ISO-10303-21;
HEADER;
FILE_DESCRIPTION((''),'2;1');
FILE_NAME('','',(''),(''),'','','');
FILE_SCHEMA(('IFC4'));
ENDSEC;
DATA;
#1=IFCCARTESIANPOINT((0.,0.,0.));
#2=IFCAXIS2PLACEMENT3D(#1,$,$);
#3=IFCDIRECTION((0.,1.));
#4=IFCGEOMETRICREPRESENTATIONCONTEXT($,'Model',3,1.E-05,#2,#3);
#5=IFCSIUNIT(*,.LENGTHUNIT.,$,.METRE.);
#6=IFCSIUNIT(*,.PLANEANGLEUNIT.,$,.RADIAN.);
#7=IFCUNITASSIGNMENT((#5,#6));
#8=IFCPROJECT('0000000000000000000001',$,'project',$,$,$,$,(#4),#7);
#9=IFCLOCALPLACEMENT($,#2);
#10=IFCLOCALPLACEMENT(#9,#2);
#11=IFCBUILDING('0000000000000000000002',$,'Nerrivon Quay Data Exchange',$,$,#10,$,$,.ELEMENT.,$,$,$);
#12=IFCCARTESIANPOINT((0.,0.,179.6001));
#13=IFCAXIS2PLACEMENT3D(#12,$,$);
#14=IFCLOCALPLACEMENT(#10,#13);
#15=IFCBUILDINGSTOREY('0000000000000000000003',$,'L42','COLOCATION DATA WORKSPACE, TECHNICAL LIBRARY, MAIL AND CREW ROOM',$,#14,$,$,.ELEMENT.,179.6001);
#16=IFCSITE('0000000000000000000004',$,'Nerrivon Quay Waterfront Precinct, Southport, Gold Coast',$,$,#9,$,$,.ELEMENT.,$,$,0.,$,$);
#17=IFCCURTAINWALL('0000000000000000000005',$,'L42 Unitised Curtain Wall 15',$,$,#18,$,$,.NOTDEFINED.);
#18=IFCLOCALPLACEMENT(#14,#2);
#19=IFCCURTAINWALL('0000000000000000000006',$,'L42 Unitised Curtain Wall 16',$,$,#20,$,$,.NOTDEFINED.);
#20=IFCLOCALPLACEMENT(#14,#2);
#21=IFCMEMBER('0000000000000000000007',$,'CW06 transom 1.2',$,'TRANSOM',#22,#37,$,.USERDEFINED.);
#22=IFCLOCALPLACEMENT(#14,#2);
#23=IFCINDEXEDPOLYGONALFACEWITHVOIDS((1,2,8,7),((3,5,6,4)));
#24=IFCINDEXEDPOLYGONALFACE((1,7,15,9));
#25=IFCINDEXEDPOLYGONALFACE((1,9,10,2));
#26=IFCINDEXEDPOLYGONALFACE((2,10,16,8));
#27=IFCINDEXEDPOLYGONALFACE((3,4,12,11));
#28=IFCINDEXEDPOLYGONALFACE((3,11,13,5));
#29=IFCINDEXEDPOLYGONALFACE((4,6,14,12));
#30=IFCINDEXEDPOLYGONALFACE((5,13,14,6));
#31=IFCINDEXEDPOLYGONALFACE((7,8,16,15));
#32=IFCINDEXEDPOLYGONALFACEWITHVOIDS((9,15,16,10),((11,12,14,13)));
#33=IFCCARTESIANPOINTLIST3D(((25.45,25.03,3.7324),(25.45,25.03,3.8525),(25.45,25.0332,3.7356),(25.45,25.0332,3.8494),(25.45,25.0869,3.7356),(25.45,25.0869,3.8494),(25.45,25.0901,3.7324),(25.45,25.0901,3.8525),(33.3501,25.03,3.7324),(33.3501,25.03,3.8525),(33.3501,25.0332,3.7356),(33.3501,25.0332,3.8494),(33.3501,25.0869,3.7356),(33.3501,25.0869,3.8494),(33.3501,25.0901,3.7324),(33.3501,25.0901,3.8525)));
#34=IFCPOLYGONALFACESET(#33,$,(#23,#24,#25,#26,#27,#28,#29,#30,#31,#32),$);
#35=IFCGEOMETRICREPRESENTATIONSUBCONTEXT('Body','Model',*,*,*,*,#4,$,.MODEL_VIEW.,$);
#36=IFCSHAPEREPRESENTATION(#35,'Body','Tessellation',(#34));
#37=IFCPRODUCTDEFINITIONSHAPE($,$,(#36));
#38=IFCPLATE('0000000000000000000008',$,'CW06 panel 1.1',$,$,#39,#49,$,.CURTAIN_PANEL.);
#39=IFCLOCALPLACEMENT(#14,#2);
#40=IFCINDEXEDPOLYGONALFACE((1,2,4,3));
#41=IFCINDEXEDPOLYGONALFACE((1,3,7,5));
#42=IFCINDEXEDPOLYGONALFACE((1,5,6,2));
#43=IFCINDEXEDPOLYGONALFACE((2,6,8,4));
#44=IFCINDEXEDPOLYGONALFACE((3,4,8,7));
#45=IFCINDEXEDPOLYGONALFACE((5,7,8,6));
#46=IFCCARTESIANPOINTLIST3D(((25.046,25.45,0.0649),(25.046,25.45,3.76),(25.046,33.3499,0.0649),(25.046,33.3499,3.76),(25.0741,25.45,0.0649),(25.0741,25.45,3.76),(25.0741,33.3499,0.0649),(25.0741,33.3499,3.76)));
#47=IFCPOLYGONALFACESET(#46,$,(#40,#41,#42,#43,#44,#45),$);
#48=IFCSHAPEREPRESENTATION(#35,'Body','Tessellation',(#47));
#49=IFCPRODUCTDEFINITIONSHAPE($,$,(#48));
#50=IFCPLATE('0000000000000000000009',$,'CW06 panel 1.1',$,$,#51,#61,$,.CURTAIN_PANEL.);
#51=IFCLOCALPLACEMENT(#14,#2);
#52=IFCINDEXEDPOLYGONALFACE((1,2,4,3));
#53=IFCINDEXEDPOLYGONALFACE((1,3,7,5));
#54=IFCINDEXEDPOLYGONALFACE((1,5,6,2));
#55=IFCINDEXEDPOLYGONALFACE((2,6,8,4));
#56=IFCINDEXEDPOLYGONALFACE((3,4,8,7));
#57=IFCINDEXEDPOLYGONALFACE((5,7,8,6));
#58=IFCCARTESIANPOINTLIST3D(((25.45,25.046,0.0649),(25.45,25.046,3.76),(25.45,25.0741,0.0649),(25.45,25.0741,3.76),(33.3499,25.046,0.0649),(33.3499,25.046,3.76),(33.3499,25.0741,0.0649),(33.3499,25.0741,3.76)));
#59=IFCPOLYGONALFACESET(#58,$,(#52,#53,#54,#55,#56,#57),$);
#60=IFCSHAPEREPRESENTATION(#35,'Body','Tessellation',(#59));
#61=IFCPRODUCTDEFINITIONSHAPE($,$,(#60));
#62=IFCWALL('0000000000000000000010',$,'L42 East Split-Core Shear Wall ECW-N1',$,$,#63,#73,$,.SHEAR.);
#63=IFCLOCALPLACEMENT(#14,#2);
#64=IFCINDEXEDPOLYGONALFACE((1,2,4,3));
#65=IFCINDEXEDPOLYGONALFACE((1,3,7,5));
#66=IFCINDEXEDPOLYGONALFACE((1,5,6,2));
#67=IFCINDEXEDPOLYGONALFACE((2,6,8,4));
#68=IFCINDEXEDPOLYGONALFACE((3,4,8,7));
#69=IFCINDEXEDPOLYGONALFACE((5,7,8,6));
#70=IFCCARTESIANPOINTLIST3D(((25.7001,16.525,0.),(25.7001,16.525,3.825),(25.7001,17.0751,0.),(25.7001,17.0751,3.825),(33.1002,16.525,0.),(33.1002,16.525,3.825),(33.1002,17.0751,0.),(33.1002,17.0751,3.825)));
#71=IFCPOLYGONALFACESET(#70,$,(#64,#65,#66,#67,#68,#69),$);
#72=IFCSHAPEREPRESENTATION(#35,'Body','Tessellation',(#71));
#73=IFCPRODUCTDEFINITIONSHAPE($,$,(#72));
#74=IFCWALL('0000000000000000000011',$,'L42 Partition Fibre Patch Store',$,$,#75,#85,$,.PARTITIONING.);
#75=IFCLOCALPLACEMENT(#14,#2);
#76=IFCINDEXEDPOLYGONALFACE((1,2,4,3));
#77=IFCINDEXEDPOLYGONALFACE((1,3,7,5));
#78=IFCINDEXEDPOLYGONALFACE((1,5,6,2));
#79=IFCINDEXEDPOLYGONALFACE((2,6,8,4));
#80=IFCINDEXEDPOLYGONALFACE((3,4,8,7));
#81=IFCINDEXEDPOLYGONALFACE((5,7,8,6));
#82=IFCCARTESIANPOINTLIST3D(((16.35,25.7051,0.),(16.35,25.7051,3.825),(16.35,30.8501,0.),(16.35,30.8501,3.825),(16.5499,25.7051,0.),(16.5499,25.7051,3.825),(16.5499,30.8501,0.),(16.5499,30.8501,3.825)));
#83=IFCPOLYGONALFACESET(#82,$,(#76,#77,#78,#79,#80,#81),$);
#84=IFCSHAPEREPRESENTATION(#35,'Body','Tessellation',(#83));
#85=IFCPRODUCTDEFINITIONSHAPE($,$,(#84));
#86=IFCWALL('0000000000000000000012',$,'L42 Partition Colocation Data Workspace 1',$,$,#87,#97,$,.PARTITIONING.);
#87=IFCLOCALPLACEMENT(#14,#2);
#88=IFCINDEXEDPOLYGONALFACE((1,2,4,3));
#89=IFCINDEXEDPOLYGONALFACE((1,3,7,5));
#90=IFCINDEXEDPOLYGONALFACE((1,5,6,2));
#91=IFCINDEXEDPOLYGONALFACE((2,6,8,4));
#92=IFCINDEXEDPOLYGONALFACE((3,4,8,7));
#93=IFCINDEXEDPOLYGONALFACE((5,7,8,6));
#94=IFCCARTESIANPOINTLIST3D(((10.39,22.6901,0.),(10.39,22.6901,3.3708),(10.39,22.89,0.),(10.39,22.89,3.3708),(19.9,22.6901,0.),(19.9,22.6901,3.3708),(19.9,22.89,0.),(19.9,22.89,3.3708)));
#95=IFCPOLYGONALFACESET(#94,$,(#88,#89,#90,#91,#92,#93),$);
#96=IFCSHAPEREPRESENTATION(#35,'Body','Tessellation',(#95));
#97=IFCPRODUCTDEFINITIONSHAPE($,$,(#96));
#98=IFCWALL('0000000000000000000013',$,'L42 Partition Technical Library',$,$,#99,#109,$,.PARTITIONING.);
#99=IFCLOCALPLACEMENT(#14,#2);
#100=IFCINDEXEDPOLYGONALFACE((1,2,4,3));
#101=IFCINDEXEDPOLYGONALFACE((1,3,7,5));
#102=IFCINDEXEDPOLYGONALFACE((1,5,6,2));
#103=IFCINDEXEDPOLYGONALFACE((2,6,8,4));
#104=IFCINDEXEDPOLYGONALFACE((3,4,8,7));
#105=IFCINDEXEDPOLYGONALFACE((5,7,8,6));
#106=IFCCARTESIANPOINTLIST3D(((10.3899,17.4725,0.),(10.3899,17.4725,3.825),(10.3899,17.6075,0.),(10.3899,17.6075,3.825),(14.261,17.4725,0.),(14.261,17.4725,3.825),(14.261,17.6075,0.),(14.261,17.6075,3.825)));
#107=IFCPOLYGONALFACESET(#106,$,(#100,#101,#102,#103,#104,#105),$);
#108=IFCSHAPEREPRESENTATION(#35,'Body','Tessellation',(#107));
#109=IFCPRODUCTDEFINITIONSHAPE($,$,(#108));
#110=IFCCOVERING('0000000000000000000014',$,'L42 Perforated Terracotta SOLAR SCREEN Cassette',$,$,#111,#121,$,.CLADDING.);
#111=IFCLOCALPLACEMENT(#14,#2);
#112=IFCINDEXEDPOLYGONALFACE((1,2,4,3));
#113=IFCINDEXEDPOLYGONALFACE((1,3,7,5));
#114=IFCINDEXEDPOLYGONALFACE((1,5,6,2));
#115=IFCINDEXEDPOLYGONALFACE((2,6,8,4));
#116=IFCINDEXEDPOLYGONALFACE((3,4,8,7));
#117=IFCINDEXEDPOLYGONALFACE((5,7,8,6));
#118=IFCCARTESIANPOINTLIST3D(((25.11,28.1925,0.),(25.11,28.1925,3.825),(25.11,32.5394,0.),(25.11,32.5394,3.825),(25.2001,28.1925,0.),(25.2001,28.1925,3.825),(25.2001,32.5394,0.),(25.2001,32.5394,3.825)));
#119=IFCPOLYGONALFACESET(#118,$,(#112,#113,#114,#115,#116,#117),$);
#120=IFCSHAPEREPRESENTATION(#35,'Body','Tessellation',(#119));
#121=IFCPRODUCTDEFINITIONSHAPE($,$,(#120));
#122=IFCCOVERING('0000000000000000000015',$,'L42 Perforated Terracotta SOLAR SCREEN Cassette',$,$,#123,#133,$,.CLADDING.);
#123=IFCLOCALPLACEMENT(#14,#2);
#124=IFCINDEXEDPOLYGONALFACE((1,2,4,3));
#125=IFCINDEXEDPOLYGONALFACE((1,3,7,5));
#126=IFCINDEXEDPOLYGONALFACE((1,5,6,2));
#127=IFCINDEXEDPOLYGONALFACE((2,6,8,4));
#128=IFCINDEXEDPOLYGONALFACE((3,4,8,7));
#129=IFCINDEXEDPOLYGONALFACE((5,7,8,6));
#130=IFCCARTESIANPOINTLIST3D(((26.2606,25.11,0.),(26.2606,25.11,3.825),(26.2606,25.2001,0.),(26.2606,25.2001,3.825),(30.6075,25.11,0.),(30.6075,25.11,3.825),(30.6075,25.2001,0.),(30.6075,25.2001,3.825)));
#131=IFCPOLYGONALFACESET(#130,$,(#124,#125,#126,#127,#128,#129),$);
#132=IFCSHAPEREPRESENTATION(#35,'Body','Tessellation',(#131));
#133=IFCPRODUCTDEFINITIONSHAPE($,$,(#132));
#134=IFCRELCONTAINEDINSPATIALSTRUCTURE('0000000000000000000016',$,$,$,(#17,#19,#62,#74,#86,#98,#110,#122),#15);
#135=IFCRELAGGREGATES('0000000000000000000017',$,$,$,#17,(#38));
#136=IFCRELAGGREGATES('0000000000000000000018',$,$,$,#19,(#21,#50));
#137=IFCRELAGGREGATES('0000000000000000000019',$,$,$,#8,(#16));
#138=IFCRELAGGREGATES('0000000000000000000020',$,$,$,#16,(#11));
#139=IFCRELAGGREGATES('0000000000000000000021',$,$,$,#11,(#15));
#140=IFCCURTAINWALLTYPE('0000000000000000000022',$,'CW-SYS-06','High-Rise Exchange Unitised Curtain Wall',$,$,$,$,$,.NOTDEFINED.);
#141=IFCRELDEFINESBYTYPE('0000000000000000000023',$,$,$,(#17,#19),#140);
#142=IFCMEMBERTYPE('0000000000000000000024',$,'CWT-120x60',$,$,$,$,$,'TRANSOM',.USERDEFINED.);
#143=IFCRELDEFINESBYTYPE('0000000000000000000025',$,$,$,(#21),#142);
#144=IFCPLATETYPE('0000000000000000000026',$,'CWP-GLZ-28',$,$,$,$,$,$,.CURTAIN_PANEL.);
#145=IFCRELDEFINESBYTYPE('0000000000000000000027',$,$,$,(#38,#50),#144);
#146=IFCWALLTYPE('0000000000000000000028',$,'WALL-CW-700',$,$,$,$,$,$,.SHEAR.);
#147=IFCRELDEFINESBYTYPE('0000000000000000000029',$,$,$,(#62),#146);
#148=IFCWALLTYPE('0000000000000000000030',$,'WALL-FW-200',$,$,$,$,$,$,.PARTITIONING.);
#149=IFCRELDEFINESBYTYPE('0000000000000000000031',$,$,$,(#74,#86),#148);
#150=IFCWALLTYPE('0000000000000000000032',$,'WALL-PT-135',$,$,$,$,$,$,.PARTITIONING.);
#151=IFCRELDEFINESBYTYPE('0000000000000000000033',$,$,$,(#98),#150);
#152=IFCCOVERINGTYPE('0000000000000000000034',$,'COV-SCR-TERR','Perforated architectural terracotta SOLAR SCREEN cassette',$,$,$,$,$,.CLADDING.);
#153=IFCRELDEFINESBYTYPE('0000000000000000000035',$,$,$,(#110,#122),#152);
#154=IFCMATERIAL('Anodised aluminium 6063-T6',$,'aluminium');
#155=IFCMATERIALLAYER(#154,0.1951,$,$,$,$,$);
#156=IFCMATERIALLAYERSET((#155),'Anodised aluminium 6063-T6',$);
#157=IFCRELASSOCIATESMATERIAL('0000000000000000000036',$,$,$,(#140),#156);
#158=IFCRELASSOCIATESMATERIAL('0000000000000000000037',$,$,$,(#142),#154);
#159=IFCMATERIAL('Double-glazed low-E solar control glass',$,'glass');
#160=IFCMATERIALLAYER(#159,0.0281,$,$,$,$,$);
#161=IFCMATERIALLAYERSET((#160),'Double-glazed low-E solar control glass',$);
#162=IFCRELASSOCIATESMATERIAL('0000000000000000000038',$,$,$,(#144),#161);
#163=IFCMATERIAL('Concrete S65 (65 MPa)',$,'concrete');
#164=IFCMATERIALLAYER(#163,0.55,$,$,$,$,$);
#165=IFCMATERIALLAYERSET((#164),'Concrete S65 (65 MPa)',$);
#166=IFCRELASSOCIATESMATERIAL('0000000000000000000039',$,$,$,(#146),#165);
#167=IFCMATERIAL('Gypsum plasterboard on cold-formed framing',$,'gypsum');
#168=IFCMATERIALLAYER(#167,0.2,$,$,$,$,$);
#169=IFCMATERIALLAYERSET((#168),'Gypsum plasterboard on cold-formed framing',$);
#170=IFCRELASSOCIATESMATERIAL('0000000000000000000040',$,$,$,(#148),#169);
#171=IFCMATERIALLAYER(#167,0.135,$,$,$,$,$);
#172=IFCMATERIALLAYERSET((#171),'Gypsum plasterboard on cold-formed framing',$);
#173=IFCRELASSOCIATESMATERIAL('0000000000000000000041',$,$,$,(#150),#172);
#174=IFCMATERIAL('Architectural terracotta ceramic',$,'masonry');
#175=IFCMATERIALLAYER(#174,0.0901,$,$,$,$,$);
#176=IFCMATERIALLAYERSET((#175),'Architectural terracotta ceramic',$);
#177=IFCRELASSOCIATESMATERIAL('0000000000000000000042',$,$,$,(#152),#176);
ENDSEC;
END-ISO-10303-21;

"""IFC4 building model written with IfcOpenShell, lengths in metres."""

from ifc_helpers import new_model, si_unit, direction, frame, frame_2d, origin, origin_2d, place, context, subcontext, project, spatial, rectangle, hollow_rectangle, extrude, material, layer, layer_set, material_profile, profile_set, type_object, element, aggregate, save


model = new_model("IFC4")

# Units and contexts
model_context = context("Model", 3, precision=1e-05, world=origin(), true_north=direction((0.0, 1.0)))
body_context = subcontext(model_context, "Body", "Model", "MODEL_VIEW")
ifc_project = project(units=[si_unit("LENGTHUNIT", "METRE"), si_unit("PLANEANGLEUNIT", "RADIAN")], contexts=[model_context])

# Site, building, storey
site_placement = place(None, origin())
site = spatial("IfcSite", under=ifc_project, at=site_placement, Name="Nerrivon Quay Waterfront Precinct, Southport, Gold Coast", CompositionType="ELEMENT", RefElevation=0.0)
building_placement = place(site_placement, origin())
building = spatial("IfcBuilding", under=site, at=building_placement, Name="Nerrivon Quay Data Exchange", CompositionType="ELEMENT")
storey_placement = place(building_placement, frame((0.0, 0.0, 179.6001)))
storey = spatial("IfcBuildingStorey", under=building, at=storey_placement, Name="L42", Description="COLOCATION DATA WORKSPACE, TECHNICAL LIBRARY, MAIL AND CREW ROOM", CompositionType="ELEMENT", Elevation=179.6001)

# Shared definitions
ifc_material_1 = material(Name="Concrete S65 (65 MPa)", Category="concrete")

# Curtain wall
ifc_material_2 = material(Name="Anodised aluminium 6063-T6", Category="aluminium")
ifc_layer_1 = layer(ifc_material_2, 0.1951)
ifc_layer_set_1 = layer_set([ifc_layer_1], Name="Anodised aluminium 6063-T6")
curtain_wall_type = type_object("IfcCurtainWallType", Name="CW-SYS-06", Description="High-Rise Exchange Unitised Curtain Wall", PredefinedType="NOTDEFINED", material=ifc_layer_set_1)
curtain_wall_1_placement = place(storey_placement, origin())
curtain_wall_1 = element("IfcCurtainWall", 1, at=curtain_wall_1_placement, inside=storey, type_object=curtain_wall_type, Name="L42 Unitised Curtain Wall 15", PredefinedType="NOTDEFINED")

# Curtain wall, member
curtain_wall_2_placement = place(storey_placement, origin())
curtain_wall_2 = element("IfcCurtainWall", 2, at=curtain_wall_2_placement, inside=storey, type_object=curtain_wall_type, Name="L42 Unitised Curtain Wall 16", PredefinedType="NOTDEFINED")
ifc_material_profile_1 = material_profile(ifc_material_2, hollow_rectangle(XDim=0.0601, YDim=0.1201, WallThickness=0.0032, at=origin_2d()), Name="ALU-TRAN-120x60")
ifc_profile_set_1 = profile_set([ifc_material_profile_1], Name="Anodised aluminium 6063-T6")
member_type_1 = type_object("IfcMemberType", Name="CWT-120x60", ElementType="TRANSOM", PredefinedType="USERDEFINED", material=ifc_profile_set_1)
member_1_placement = place(storey_placement, frame((25.45, 25.0601, 3.7925), z_axis=(1.0, 0.0, 0.0), x_axis=(0.0, 1.0, 0.0)))
member_1 = element("IfcMember", 3, at=member_1_placement, type_object=member_type_1, Name="CW06 transom 1.2", ObjectType="TRANSOM", PredefinedType="USERDEFINED", context=body_context, shape_type="SweptSolid", body=[
    extrude(hollow_rectangle(XDim=0.0601, YDim=0.1201, WallThickness=0.0032, at=origin_2d()), origin(), (0.0, 0.0, 1.0), 7.9001),
])

# Plates
ifc_material_3 = material(Name="Double-glazed low-E solar control glass", Category="glass")
ifc_layer_2 = layer(ifc_material_3, 0.0281)
ifc_layer_set_2 = layer_set([ifc_layer_2], Name="Double-glazed low-E solar control glass")
plate_type = type_object("IfcPlateType", Name="CWP-GLZ-28", PredefinedType="CURTAIN_PANEL", material=ifc_layer_set_2)
plate_1_placement = place(storey_placement, frame((25.0601, 29.3999, 0.0649), z_axis=(0.0, 0.0, 1.0), x_axis=(0.0, -1.0, 0.0)))
plate_1 = element("IfcPlate", 4, at=plate_1_placement, type_object=plate_type, Name="CW06 panel 1.1", PredefinedType="CURTAIN_PANEL", context=body_context, shape_type="SweptSolid", body=[
    extrude(rectangle(XDim=7.8999, YDim=0.0281, at=origin_2d()), origin(), (0.0, 0.0, 1.0), 3.6951),
])
aggregate(curtain_wall_1, [plate_1])
plate_2_placement = place(storey_placement, frame((29.3999, 25.0601, 0.0649), z_axis=(0.0, 0.0, 1.0), x_axis=(1.0, 0.0, 0.0)))
plate_2 = element("IfcPlate", 5, at=plate_2_placement, type_object=plate_type, Name="CW06 panel 1.1", PredefinedType="CURTAIN_PANEL", context=body_context, shape_type="SweptSolid", body=[
    extrude(rectangle(XDim=7.8999, YDim=0.0281, at=origin_2d()), origin(), (0.0, 0.0, 1.0), 3.6951),
])
aggregate(curtain_wall_2, [member_1, plate_2])

# Walls
ifc_layer_3 = layer(ifc_material_1, 0.55)
ifc_layer_set_3 = layer_set([ifc_layer_3], Name="Concrete S65 (65 MPa)")
wall_type_1 = type_object("IfcWallType", Name="WALL-CW-700", PredefinedType="SHEAR", material=ifc_layer_set_3)
wall_1_placement = place(storey_placement, frame((25.7, 16.8, 0.0), z_axis=(0.0, 0.0, 1.0), x_axis=(1.0, 0.0, 0.0)))
element("IfcWall", 6, at=wall_1_placement, inside=storey, type_object=wall_type_1, Name="L42 East Split-Core Shear Wall ECW-N1", PredefinedType="SHEAR", context=body_context, shape_type="SweptSolid", body=[
    extrude(rectangle(XDim=7.4001, YDim=0.55, at=frame_2d((3.7002, 0.0))), origin(), (0.0, 0.0, 1.0), 3.825),
])
ifc_material_4 = material(Name="Gypsum plasterboard on cold-formed framing", Category="gypsum")
ifc_layer_4 = layer(ifc_material_4, 0.2)
ifc_layer_set_4 = layer_set([ifc_layer_4], Name="Gypsum plasterboard on cold-formed framing")
wall_type_2 = type_object("IfcWallType", Name="WALL-FW-200", PredefinedType="PARTITIONING", material=ifc_layer_set_4)
wall_2_placement = place(storey_placement, frame((16.45, 25.7051, 0.0), z_axis=(0.0, 0.0, 1.0), x_axis=(0.0, 1.0, 0.0)))
element("IfcWall", 7, at=wall_2_placement, inside=storey, type_object=wall_type_2, Name="L42 Partition Fibre Patch Store", PredefinedType="PARTITIONING", context=body_context, shape_type="SweptSolid", body=[
    extrude(rectangle(XDim=5.145, YDim=0.2, at=frame_2d((2.5725, 0.0))), origin(), (0.0, 0.0, 1.0), 3.825),
])
wall_3_placement = place(storey_placement, frame((19.8999, 22.79, 0.0), z_axis=(0.0, 0.0, 1.0), x_axis=(-1.0, 0.0, 0.0)))
element("IfcWall", 8, at=wall_3_placement, inside=storey, type_object=wall_type_2, Name="L42 Partition Colocation Data Workspace 1", PredefinedType="PARTITIONING", context=body_context, shape_type="SweptSolid", body=[
    extrude(rectangle(XDim=9.51, YDim=0.2, at=frame_2d((4.7549, 0.0))), origin(), (0.0, 0.0, 1.0), 3.3708),
])
ifc_layer_5 = layer(ifc_material_4, 0.135)
ifc_layer_set_5 = layer_set([ifc_layer_5], Name="Gypsum plasterboard on cold-formed framing")
wall_type_3 = type_object("IfcWallType", Name="WALL-PT-135", PredefinedType="PARTITIONING", material=ifc_layer_set_5)
wall_4_placement = place(storey_placement, frame((14.261, 17.54, 0.0), z_axis=(0.0, 0.0, 1.0), x_axis=(-1.0, 0.0, 0.0)))
element("IfcWall", 9, at=wall_4_placement, inside=storey, type_object=wall_type_3, Name="L42 Partition Technical Library", PredefinedType="PARTITIONING", context=body_context, shape_type="SweptSolid", body=[
    extrude(rectangle(XDim=3.8711, YDim=0.135, at=frame_2d((1.9355, 0.0))), origin(), (0.0, 0.0, 1.0), 3.825),
])

# Coverings
ifc_material_5 = material(Name="Architectural terracotta ceramic", Category="masonry")
ifc_layer_6 = layer(ifc_material_5, 0.0901)
ifc_layer_set_6 = layer_set([ifc_layer_6], Name="Architectural terracotta ceramic")
covering_type = type_object("IfcCoveringType", Name="COV-SCR-TERR", Description="Perforated architectural terracotta SOLAR SCREEN cassette", PredefinedType="CLADDING", material=ifc_layer_set_6)
for number, where, z_axis, x_axis, name in (
    (10, (25.155, 30.366, 0.0), (0.0, 0.0, 1.0), (0.0, -1.0, 0.0), "L42 Perforated Terracotta SOLAR SCREEN Cassette"),
    (11, (28.4341, 25.155, 0.0), (0.0, 0.0, 1.0), (1.0, 0.0, 0.0), "L42 Perforated Terracotta SOLAR SCREEN Cassette"),
):
    element("IfcCovering", number, at=place(storey_placement, frame(where, z_axis=z_axis, x_axis=x_axis)), inside=storey, type_object=covering_type, Name=name, PredefinedType="CLADDING", context=body_context, shape_type="SweptSolid", body=[
        extrude(rectangle(XDim=4.3469, YDim=0.0901, at=origin_2d()), origin(), (0.0, 0.0, 1.0), 3.825),
    ])

save(model, "model.ifc")
